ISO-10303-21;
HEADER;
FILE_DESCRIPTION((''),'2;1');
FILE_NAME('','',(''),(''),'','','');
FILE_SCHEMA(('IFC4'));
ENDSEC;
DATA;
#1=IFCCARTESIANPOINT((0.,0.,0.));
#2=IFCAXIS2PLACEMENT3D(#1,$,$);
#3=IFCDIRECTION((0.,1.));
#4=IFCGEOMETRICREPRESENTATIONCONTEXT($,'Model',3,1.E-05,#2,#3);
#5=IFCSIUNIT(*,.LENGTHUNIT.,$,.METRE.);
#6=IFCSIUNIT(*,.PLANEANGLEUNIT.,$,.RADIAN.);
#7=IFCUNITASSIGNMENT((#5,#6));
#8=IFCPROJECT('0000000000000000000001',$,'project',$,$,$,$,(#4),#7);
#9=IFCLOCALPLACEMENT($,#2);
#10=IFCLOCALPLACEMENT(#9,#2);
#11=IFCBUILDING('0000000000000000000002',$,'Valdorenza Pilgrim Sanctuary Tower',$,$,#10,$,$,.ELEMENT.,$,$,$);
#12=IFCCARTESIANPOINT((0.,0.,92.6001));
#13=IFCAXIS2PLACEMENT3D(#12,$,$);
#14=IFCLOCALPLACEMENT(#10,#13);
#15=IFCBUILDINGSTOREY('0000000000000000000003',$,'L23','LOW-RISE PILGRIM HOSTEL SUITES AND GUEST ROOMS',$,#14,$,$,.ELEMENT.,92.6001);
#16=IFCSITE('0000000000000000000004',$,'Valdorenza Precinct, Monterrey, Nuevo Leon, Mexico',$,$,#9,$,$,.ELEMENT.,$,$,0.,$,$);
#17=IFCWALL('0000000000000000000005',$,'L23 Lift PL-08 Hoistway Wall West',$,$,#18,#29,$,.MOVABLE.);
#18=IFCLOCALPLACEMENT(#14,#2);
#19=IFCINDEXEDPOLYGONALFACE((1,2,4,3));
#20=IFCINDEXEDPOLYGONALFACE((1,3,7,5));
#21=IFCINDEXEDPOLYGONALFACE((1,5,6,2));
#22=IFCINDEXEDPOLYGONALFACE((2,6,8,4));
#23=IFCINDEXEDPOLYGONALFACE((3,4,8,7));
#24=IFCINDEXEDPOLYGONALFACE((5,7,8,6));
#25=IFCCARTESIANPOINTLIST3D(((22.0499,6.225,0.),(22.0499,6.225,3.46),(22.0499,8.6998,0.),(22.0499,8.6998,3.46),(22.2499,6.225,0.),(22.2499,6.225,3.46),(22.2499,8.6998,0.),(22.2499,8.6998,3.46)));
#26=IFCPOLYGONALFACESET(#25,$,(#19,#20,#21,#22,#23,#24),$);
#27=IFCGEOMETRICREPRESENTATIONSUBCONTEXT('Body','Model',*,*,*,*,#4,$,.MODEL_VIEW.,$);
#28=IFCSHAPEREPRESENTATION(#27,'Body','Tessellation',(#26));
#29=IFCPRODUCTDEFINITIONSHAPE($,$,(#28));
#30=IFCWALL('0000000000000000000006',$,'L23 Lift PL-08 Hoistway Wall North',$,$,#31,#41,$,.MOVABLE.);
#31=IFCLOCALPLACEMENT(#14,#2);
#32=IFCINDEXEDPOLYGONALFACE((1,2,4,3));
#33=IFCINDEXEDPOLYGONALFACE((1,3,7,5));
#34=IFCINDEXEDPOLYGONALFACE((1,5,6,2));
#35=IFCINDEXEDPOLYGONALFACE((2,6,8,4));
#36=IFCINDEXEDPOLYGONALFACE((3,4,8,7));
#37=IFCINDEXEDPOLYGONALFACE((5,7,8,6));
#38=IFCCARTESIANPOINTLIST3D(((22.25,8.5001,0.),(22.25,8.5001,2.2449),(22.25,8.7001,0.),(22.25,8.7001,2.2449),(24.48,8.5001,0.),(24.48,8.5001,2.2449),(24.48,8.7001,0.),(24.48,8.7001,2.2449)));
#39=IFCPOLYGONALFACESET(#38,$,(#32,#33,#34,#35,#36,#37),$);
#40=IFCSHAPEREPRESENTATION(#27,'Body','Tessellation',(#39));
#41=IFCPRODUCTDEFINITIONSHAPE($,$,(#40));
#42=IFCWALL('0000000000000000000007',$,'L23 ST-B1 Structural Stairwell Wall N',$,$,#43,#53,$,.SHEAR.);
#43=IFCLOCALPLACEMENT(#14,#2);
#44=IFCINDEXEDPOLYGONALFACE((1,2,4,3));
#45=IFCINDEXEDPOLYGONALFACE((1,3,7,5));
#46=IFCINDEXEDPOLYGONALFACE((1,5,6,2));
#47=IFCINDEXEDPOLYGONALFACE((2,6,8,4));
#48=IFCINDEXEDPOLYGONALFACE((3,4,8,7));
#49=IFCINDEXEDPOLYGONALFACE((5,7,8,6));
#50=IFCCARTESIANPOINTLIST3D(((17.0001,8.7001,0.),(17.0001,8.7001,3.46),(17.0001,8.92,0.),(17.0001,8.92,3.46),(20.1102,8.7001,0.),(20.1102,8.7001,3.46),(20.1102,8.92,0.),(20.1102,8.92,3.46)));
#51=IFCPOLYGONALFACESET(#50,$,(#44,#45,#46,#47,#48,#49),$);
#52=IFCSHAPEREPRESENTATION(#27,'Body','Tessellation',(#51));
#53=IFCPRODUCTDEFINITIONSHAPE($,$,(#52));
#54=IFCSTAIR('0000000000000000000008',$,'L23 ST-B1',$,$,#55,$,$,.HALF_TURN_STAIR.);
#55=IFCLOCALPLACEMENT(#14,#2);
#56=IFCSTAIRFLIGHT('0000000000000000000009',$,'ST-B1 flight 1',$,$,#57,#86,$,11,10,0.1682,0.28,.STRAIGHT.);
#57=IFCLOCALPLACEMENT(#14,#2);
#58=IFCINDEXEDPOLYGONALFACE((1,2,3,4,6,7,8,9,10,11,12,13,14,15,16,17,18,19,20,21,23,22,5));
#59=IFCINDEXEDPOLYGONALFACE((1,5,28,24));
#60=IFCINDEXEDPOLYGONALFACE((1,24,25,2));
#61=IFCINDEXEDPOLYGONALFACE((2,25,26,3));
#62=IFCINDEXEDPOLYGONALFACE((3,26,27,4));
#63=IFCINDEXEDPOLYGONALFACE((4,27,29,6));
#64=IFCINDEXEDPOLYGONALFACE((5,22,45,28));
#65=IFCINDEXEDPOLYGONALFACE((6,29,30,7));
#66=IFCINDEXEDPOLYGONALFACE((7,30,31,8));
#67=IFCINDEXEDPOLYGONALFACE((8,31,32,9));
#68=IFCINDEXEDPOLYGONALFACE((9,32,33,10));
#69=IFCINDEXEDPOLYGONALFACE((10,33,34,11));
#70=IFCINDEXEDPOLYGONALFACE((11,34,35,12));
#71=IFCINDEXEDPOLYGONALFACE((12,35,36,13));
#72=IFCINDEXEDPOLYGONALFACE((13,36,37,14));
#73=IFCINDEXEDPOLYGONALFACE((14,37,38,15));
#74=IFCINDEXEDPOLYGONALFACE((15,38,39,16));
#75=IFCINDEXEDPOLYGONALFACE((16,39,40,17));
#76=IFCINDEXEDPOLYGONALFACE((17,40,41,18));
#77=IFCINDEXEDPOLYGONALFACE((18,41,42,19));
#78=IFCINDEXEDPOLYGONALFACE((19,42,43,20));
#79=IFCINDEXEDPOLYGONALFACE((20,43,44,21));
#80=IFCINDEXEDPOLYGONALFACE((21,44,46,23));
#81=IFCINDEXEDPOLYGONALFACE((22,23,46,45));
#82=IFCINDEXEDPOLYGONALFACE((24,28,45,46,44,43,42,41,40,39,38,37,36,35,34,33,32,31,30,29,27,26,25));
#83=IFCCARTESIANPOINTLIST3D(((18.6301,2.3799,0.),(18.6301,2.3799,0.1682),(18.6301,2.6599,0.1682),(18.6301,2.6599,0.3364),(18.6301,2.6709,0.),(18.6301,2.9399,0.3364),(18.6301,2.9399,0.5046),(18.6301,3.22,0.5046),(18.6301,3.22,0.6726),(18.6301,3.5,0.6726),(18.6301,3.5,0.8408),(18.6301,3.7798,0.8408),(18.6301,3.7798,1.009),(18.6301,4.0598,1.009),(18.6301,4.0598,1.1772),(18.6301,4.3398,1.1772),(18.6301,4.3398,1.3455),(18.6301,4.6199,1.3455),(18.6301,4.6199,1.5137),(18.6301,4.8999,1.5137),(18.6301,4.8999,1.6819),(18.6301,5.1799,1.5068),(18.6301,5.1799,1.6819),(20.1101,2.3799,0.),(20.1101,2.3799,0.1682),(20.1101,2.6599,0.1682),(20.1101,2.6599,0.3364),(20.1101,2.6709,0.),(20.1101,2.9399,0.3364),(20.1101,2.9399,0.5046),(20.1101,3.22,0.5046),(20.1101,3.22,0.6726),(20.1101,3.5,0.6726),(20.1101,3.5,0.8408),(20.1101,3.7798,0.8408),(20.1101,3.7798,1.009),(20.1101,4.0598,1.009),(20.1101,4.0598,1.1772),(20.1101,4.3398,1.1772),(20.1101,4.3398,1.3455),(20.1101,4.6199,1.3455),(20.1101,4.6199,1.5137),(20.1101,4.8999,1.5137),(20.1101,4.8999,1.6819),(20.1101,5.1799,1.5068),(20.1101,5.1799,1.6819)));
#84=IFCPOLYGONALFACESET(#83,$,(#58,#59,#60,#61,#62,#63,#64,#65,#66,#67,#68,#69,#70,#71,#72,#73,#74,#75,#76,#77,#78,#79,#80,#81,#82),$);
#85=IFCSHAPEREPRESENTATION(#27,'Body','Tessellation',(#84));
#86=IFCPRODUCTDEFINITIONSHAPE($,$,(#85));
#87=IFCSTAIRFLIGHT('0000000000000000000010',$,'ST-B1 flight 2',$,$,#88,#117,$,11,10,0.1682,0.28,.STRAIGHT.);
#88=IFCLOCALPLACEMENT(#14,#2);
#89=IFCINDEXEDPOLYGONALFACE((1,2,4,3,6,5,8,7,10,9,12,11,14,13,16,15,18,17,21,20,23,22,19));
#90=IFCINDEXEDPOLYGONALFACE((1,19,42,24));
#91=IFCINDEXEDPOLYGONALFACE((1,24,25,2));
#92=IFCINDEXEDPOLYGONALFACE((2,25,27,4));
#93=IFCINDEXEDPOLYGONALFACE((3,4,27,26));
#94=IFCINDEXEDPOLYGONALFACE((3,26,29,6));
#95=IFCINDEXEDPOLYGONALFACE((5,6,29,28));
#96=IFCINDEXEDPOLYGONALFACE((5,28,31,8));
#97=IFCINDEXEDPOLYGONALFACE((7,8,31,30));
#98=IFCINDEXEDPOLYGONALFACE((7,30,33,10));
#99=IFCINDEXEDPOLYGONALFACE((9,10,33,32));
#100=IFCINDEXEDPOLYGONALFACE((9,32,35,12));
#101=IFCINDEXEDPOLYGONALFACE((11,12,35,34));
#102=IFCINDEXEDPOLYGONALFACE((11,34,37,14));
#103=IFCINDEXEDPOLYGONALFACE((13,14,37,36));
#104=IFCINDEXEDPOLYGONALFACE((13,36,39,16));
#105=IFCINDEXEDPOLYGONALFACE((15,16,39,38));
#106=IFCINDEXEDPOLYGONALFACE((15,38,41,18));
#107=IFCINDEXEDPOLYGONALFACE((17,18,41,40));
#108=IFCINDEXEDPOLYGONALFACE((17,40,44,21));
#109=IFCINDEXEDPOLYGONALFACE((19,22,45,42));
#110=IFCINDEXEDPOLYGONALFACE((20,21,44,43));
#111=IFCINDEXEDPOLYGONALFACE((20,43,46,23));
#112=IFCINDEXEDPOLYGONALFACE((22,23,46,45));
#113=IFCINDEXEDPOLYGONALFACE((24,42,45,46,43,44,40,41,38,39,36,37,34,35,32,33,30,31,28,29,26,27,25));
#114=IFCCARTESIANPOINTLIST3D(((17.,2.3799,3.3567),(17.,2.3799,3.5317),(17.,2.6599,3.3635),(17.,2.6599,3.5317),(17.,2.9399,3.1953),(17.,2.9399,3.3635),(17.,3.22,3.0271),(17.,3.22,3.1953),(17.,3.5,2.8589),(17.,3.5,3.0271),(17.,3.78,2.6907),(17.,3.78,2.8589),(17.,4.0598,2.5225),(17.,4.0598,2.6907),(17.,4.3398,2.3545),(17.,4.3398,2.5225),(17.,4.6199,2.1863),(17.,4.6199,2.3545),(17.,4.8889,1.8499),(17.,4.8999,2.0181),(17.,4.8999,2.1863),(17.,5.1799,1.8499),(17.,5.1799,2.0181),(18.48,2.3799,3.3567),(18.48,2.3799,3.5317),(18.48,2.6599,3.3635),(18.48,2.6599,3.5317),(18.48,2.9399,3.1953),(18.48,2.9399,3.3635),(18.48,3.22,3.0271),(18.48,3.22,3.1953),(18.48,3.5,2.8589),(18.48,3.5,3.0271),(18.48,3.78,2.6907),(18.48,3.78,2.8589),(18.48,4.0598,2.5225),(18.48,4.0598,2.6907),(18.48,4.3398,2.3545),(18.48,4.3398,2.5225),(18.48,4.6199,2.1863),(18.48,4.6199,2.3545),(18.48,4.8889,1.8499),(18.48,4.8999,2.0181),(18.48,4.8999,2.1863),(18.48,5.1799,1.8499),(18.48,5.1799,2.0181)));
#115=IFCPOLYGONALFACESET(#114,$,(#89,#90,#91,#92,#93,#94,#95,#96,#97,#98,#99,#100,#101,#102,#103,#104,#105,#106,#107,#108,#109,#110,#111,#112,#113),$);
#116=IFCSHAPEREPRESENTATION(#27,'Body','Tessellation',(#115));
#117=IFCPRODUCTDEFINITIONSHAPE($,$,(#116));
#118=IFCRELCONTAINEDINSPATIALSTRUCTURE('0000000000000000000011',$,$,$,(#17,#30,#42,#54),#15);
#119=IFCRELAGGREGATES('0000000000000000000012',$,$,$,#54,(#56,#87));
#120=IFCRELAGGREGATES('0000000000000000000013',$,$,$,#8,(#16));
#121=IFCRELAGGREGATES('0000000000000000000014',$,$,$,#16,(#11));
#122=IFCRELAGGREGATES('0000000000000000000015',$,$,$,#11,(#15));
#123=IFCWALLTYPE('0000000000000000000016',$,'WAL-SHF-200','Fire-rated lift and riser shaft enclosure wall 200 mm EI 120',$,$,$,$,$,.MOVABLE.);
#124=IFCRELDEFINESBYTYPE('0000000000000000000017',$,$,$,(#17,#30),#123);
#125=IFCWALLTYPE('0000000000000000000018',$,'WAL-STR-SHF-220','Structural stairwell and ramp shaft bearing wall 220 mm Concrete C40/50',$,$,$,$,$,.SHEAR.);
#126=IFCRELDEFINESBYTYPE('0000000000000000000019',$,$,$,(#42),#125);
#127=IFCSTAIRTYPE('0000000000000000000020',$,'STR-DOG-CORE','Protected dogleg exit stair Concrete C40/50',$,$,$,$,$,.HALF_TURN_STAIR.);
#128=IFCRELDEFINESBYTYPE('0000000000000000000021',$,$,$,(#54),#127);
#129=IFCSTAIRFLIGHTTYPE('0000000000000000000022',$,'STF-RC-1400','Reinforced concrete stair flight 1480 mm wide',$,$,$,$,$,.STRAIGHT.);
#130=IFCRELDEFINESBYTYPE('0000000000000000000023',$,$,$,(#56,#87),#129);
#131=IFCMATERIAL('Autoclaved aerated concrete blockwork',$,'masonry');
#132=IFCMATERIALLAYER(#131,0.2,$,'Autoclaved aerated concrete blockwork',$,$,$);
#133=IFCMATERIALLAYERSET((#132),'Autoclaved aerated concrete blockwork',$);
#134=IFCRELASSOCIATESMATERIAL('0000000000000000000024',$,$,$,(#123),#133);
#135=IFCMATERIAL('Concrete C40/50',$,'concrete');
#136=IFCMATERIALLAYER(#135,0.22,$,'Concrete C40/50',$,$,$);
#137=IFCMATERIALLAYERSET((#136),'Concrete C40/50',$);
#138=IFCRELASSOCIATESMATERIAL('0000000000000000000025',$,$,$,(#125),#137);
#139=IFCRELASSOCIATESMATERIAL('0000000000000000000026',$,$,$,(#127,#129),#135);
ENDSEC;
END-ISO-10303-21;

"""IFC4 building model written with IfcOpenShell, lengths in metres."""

from ifc_helpers import new_model, si_unit, direction, frame, frame_2d, origin, place, context, subcontext, project, spatial, polyline, rectangle, outline, extrude, material, layer, layer_set, type_object, element, aggregate, save


model = new_model("IFC4")

# Units and contexts
model_context = context("Model", 3, precision=1e-05, world=origin(), true_north=direction((0.0, 1.0)))
body_context = subcontext(model_context, "Body", "Model", "MODEL_VIEW")
ifc_project = project(units=[si_unit("LENGTHUNIT", "METRE"), si_unit("PLANEANGLEUNIT", "RADIAN")], contexts=[model_context])

# Site, building, storey
site_placement = place(None, origin())
site = spatial("IfcSite", under=ifc_project, at=site_placement, Name="Valdorenza Precinct, Monterrey, Nuevo Leon, Mexico", CompositionType="ELEMENT", RefElevation=0.0)
building_placement = place(site_placement, origin())
building = spatial("IfcBuilding", under=site, at=building_placement, Name="Valdorenza Pilgrim Sanctuary Tower", CompositionType="ELEMENT")
storey_placement = place(building_placement, frame((0.0, 0.0, 92.6001)))
storey = spatial("IfcBuildingStorey", under=building, at=storey_placement, Name="L23", Description="LOW-RISE PILGRIM HOSTEL SUITES AND GUEST ROOMS", CompositionType="ELEMENT", Elevation=92.6001)

# Walls
ifc_material_1 = material(Name="Autoclaved aerated concrete blockwork", Category="masonry")
ifc_layer_1 = layer(ifc_material_1, 0.2, Name="Autoclaved aerated concrete blockwork")
ifc_layer_set_1 = layer_set([ifc_layer_1], Name="Autoclaved aerated concrete blockwork")
wall_type_1 = type_object("IfcWallType", Name="WAL-SHF-200", Description="Fire-rated lift and riser shaft enclosure wall 200 mm EI 120", PredefinedType="MOVABLE", material=ifc_layer_set_1)
wall_1_placement = place(storey_placement, frame((22.1499, 6.2251, 0.0), z_axis=(0.0, 0.0, 1.0), x_axis=(0.0, 1.0, 0.0)))
element("IfcWall", 1, at=wall_1_placement, inside=storey, type_object=wall_type_1, Name="L23 Lift PL-08 Hoistway Wall West", PredefinedType="MOVABLE", context=body_context, shape_type="SweptSolid", body=[
    extrude(rectangle(XDim=2.4749, YDim=0.2, at=frame_2d((1.2373, 0.0))), origin(), (0.0, 0.0, 1.0), 3.46),
])
wall_2_placement = place(storey_placement, frame((22.25, 8.6001, 0.0), z_axis=(0.0, 0.0, 1.0), x_axis=(1.0, 0.0, 0.0)))
element("IfcWall", 2, at=wall_2_placement, inside=storey, type_object=wall_type_1, Name="L23 Lift PL-08 Hoistway Wall North", PredefinedType="MOVABLE", context=body_context, shape_type="SweptSolid", body=[
    extrude(rectangle(XDim=2.23, YDim=0.2, at=frame_2d((1.115, 0.0))), origin(), (0.0, 0.0, 1.0), 2.2449),
])

# Shared definitions
ifc_material_2 = material(Name="Concrete C40/50", Category="concrete")
ifc_layer_2 = layer(ifc_material_2, 0.22, Name="Concrete C40/50")
ifc_layer_set_2 = layer_set([ifc_layer_2], Name="Concrete C40/50")
wall_type_2 = type_object("IfcWallType", Name="WAL-STR-SHF-220", Description="Structural stairwell and ramp shaft bearing wall 220 mm Concrete C40/50", PredefinedType="SHEAR", material=ifc_layer_set_2)

# Wall
wall_3_placement = place(storey_placement, frame((17.0, 8.8101, 0.0), z_axis=(0.0, 0.0, 1.0), x_axis=(1.0, 0.0, 0.0)))
element("IfcWall", 3, at=wall_3_placement, inside=storey, type_object=wall_type_2, Name="L23 ST-B1 Structural Stairwell Wall N", PredefinedType="SHEAR", context=body_context, shape_type="SweptSolid", body=[
    extrude(rectangle(XDim=3.1101, YDim=0.22, at=frame_2d((1.5552, 0.0))), origin(), (0.0, 0.0, 1.0), 3.46),
])

# Stair, stair flights
stair_type = type_object("IfcStairType", Name="STR-DOG-CORE", Description="Protected dogleg exit stair Concrete C40/50", PredefinedType="HALF_TURN_STAIR", material=ifc_material_2)
stair_placement = place(storey_placement, origin())
stair = element("IfcStair", 4, at=stair_placement, inside=storey, type_object=stair_type, Name="L23 ST-B1", PredefinedType="HALF_TURN_STAIR")
stair_flight_type = type_object("IfcStairFlightType", Name="STF-RC-1400", Description="Reinforced concrete stair flight 1480 mm wide", PredefinedType="STRAIGHT", material=ifc_material_2)
stair_flight_1_placement = place(storey_placement, frame((19.3701, 2.3799, 0.0), z_axis=(0.0, 0.0, 1.0), x_axis=(0.0, 1.0, 0.0)))
stair_flight_1 = element("IfcStairFlight", 5, at=stair_flight_1_placement, type_object=stair_flight_type, Name="ST-B1 flight 1", NumberOfRisers=11, NumberOfTreads=10, PredefinedType="STRAIGHT", RiserHeight=0.1682, TreadLength=0.28, context=body_context, shape_type="SweptSolid", body=[
    extrude(outline(polyline([(0.0, 0.0), (0.0, 0.1682), (0.28, 0.1682), (0.28, 0.3364), (0.5601, 0.3364), (0.5601, 0.5046), (0.8401, 0.5046), (0.8401, 0.6726), (1.1201, 0.6726), (1.1201, 0.8408), (1.3999, 0.8408), (1.3999, 1.009), (1.6799, 1.009), (1.6799, 1.1772), (1.96, 1.1772), (1.96, 1.3455), (2.24, 1.3455), (2.24, 1.5137), (2.52, 1.5137), (2.52, 1.6819), (2.8, 1.6819), (2.8, 1.8501), (2.8, 1.5068), (0.291, 0.0), (0.0, 0.0)])), frame((0.0, 0.74, 0.0), z_axis=(0.0, -1.0, 0.0), x_axis=(1.0, 0.0, 0.0)), (0.0, 0.0, 1.0), 1.48),
])
stair_flight_2_placement = place(storey_placement, frame((17.74, 5.1799, 1.8499), z_axis=(0.0, 0.0, 1.0), x_axis=(0.0, -1.0, 0.0)))
stair_flight_2 = element("IfcStairFlight", 6, at=stair_flight_2_placement, type_object=stair_flight_type, Name="ST-B1 flight 2", NumberOfRisers=11, NumberOfTreads=10, PredefinedType="STRAIGHT", RiserHeight=0.1682, TreadLength=0.28, context=body_context, shape_type="SweptSolid", body=[
    extrude(outline(polyline([(0.0, 0.0), (0.0, 0.1682), (0.28, 0.1682), (0.28, 0.3364), (0.5601, 0.3364), (0.5601, 0.5046), (0.8401, 0.5046), (0.8401, 0.6726), (1.1201, 0.6726), (1.1201, 0.8408), (1.3999, 0.8408), (1.3999, 1.009), (1.6799, 1.009), (1.6799, 1.1772), (1.96, 1.1772), (1.96, 1.3455), (2.24, 1.3455), (2.24, 1.5137), (2.52, 1.5137), (2.52, 1.6819), (2.8, 1.6819), (2.8, 1.8501), (2.8, 1.5068), (0.291, 0.0), (0.0, 0.0)])), frame((0.0, 0.74, 0.0), z_axis=(0.0, -1.0, 0.0), x_axis=(1.0, 0.0, 0.0)), (0.0, 0.0, 1.0), 1.48),
])
aggregate(stair, [stair_flight_1, stair_flight_2])

save(model, "model.ifc")
